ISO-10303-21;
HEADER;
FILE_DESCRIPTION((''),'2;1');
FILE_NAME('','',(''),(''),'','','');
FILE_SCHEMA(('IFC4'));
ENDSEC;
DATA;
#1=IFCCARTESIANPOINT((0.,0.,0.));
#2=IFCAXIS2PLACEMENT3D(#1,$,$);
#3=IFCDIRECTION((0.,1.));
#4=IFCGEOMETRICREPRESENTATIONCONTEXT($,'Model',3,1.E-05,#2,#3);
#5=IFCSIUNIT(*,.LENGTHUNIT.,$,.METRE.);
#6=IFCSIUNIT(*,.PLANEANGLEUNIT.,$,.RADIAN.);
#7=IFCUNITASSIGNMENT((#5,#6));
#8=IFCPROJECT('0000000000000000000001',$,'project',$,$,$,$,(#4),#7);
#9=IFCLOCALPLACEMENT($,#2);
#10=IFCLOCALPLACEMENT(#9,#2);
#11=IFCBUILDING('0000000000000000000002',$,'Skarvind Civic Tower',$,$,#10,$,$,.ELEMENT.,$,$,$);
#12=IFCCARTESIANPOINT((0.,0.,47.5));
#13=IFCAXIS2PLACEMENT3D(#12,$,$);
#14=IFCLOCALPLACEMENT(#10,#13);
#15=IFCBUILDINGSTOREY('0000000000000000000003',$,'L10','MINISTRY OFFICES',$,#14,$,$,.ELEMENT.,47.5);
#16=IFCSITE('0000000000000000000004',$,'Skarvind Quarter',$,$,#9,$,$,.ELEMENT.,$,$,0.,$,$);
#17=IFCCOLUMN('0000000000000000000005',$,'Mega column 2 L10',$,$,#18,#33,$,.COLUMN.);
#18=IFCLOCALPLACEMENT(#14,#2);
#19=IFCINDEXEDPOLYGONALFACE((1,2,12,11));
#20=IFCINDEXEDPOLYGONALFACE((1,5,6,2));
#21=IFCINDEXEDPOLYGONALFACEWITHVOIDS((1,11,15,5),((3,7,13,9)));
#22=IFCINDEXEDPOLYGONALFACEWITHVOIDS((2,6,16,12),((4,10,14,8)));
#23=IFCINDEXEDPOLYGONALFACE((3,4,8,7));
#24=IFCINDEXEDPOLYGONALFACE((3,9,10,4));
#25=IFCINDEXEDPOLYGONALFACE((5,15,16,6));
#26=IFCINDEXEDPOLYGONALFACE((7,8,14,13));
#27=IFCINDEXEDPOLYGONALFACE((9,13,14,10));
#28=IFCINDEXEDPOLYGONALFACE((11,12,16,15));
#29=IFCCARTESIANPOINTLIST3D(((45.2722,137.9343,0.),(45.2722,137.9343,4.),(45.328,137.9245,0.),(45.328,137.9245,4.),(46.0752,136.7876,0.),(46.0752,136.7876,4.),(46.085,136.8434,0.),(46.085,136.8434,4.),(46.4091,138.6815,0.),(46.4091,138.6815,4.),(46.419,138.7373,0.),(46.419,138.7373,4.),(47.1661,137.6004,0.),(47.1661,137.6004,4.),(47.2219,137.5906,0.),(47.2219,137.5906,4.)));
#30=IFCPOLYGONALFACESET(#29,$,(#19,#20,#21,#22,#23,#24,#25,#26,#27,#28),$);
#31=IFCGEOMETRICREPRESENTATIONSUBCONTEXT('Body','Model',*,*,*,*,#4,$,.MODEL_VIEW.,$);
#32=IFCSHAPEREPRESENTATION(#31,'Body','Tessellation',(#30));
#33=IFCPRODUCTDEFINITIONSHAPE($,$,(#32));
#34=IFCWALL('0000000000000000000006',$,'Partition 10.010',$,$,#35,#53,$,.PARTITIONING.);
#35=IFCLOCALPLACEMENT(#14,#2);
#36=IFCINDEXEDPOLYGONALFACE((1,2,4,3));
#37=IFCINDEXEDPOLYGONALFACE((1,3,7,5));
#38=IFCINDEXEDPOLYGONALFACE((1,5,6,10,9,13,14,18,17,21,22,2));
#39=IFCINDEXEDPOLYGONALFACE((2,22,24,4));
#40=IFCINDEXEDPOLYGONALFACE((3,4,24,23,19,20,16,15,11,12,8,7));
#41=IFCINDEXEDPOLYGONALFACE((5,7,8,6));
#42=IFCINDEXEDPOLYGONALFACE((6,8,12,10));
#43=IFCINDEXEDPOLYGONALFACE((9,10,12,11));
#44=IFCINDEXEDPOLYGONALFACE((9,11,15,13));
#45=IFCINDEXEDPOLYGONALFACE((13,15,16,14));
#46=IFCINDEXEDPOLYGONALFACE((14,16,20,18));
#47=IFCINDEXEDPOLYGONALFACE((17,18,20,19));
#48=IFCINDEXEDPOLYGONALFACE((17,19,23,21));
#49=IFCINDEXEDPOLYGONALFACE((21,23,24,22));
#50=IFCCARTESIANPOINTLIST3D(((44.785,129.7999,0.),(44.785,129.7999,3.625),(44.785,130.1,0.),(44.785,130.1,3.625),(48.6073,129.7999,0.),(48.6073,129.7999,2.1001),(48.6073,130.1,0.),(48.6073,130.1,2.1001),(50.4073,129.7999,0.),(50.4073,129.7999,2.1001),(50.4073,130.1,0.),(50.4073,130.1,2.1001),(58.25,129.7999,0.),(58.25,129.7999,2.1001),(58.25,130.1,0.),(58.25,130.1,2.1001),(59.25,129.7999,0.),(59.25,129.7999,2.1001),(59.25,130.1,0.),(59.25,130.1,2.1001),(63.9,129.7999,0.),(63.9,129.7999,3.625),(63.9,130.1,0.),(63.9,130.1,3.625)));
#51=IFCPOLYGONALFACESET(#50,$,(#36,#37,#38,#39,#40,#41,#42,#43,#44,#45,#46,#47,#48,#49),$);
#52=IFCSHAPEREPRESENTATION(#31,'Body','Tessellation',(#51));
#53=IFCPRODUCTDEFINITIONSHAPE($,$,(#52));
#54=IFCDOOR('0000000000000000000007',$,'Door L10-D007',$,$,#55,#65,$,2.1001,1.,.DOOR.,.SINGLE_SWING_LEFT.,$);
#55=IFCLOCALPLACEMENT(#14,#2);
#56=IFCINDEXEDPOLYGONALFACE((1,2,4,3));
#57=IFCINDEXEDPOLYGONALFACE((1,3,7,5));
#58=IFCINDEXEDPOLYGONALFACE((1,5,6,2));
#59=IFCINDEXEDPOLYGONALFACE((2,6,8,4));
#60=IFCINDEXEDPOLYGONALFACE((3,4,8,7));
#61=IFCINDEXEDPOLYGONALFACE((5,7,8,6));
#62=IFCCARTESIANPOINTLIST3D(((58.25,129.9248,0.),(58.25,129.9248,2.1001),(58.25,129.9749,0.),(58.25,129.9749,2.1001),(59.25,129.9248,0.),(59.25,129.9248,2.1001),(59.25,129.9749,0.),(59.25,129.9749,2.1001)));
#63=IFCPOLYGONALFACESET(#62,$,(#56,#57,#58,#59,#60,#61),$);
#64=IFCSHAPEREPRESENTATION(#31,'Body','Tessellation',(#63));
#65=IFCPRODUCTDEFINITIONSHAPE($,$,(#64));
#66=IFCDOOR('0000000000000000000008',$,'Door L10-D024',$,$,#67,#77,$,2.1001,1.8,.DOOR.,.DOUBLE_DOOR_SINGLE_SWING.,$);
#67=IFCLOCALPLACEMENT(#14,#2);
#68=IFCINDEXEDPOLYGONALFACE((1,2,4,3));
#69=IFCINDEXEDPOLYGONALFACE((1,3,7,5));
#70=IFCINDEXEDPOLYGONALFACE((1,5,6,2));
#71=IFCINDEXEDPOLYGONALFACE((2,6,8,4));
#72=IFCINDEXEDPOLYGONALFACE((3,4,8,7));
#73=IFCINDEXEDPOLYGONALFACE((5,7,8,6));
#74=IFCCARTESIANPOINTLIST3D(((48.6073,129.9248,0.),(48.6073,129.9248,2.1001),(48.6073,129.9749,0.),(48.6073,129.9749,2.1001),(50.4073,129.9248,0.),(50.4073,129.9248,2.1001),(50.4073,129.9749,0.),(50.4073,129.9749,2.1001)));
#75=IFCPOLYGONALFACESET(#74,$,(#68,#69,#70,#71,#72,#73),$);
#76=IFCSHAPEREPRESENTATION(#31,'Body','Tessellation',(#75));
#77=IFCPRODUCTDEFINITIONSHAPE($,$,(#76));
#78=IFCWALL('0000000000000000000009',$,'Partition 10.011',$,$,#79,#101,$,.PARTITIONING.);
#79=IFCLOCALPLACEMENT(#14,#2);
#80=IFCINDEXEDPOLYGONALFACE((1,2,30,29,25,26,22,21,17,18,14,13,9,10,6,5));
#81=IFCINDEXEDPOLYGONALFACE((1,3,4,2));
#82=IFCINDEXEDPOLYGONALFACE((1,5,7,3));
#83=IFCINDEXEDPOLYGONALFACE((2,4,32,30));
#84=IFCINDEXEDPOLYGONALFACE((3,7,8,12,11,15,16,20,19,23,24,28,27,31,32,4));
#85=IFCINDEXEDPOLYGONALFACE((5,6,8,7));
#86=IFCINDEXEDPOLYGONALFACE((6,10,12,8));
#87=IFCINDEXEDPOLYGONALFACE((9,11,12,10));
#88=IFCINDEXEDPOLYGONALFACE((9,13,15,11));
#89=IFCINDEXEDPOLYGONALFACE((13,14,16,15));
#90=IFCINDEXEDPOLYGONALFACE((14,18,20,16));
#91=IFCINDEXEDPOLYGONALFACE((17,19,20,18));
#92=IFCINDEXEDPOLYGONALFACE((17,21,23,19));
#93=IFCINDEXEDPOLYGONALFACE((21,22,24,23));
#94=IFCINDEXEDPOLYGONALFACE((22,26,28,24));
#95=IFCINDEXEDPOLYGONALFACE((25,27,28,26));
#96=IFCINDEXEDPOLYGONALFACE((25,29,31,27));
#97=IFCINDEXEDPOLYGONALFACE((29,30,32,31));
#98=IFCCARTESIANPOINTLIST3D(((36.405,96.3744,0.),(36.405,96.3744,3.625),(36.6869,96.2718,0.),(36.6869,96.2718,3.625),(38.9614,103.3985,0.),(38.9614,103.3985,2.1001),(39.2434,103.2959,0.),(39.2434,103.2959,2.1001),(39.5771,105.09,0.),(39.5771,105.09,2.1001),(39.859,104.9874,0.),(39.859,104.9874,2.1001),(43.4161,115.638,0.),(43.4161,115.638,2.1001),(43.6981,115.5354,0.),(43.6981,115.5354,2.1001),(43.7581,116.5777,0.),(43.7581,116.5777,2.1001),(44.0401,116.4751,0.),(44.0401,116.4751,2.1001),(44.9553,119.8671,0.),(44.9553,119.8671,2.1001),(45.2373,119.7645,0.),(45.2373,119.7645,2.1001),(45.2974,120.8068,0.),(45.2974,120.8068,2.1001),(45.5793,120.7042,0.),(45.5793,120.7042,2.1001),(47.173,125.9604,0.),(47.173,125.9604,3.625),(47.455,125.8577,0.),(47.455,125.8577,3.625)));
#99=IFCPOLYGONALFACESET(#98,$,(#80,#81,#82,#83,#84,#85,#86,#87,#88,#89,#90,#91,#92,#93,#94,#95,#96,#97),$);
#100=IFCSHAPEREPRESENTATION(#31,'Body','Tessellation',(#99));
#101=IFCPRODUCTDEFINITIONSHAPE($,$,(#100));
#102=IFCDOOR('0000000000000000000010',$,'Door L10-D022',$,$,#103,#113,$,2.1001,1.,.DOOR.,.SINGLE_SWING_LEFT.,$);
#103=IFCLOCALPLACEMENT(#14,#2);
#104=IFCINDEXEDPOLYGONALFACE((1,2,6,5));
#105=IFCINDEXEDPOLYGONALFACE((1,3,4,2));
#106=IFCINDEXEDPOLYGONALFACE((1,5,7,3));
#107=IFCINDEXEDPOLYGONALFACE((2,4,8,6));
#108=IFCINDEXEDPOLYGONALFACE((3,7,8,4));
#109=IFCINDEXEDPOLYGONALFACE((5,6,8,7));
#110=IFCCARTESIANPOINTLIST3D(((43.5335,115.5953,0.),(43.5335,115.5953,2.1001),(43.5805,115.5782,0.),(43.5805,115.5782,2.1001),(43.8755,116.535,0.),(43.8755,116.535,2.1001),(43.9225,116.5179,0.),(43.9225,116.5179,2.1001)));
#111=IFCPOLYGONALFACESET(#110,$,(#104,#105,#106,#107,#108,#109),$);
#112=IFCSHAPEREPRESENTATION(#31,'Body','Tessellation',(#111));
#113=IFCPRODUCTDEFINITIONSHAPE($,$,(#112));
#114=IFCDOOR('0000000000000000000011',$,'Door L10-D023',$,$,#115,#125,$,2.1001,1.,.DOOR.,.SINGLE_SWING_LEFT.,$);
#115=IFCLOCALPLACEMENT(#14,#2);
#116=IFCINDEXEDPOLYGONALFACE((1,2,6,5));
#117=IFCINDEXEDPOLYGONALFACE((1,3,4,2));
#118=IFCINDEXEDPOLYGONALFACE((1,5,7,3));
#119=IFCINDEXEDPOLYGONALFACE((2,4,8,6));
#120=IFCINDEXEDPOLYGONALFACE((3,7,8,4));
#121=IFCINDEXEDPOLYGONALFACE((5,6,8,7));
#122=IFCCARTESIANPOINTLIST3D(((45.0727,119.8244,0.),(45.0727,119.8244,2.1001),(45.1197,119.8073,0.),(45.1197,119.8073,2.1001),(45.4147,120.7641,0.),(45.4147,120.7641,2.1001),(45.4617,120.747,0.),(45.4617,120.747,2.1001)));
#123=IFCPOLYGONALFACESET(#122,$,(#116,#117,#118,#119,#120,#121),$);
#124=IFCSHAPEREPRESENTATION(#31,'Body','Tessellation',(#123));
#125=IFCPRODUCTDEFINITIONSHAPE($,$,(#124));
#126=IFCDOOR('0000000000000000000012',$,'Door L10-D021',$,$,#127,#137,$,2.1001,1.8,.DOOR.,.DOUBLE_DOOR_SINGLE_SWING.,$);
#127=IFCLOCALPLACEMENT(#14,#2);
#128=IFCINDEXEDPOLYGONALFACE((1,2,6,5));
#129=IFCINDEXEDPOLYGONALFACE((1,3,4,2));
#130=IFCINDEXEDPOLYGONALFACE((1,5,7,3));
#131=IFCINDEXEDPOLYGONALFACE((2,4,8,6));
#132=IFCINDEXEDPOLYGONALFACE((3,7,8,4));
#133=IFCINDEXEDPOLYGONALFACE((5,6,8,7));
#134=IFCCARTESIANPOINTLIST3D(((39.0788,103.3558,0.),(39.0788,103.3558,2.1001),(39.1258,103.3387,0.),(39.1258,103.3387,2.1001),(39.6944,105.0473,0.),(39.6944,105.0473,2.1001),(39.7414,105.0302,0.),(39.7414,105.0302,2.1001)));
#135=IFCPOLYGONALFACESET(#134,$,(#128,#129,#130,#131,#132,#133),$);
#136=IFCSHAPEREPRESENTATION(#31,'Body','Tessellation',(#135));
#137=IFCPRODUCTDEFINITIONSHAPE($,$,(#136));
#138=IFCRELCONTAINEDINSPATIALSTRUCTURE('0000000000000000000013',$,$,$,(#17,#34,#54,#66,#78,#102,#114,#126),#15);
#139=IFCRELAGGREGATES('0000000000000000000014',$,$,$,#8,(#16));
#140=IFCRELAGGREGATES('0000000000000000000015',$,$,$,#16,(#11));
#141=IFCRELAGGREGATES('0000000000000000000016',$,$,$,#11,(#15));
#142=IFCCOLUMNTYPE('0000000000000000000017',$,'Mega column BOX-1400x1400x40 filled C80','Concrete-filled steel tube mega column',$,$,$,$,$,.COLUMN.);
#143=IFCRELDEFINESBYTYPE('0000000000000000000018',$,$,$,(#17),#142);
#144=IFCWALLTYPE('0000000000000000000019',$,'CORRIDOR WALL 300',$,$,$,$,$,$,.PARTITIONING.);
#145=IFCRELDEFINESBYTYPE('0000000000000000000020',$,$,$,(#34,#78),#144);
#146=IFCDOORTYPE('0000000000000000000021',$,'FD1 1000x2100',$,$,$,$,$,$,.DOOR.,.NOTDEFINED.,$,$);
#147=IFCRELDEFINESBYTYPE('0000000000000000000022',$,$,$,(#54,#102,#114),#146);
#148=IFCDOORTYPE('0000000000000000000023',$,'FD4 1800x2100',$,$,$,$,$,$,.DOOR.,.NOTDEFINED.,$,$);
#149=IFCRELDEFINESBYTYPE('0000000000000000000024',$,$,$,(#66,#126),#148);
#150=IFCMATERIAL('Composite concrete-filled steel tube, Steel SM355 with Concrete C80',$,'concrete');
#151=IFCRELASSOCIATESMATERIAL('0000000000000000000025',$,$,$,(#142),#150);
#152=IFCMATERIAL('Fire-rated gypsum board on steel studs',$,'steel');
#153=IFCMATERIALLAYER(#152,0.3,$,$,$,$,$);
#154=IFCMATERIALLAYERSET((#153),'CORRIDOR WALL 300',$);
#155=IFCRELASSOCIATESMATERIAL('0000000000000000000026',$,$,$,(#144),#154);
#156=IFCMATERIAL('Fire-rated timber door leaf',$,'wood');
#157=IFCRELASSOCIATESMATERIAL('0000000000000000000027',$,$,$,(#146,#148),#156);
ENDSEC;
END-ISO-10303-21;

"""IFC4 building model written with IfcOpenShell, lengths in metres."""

from ifc_helpers import new_model, si_unit, direction, frame, frame_2d, origin, origin_2d, place, context, subcontext, project, spatial, rectangle, hollow_rectangle, extrude, material, layer, layer_set, material_profile, profile_set, type_object, element, fill, save


model = new_model("IFC4")

# Units and contexts
model_context = context("Model", 3, precision=1e-05, world=origin(), true_north=direction((0.0, 1.0)))
body_context = subcontext(model_context, "Body", "Model", "MODEL_VIEW")
ifc_project = project(units=[si_unit("LENGTHUNIT", "METRE"), si_unit("PLANEANGLEUNIT", "RADIAN")], contexts=[model_context])

# Site, building, storey
site_placement = place(None, origin())
site = spatial("IfcSite", under=ifc_project, at=site_placement, Name="Skarvind Quarter", CompositionType="ELEMENT", RefElevation=0.0)
building_placement = place(site_placement, origin())
building = spatial("IfcBuilding", under=site, at=building_placement, Name="Skarvind Civic Tower", CompositionType="ELEMENT")
storey_placement = place(building_placement, frame((0.0, 0.0, 47.5)))
storey = spatial("IfcBuildingStorey", under=building, at=storey_placement, Name="L10", Description="MINISTRY OFFICES", CompositionType="ELEMENT", Elevation=47.5)

# Column
ifc_material_1 = material(Name="Composite concrete-filled steel tube, Steel SM355 with Concrete C80", Category="concrete")
ifc_material_profile = material_profile(ifc_material_1, hollow_rectangle(XDim=1.3999, YDim=1.3999, WallThickness=0.04, at=origin_2d()), Name="BOX-1400x1400x40")
ifc_profile_set = profile_set([ifc_material_profile], Name="Composite concrete-filled steel tube, Steel SM355 with Concrete C80")
column_type = type_object("IfcColumnType", Name="Mega column BOX-1400x1400x40 filled C80", Description="Concrete-filled steel tube mega column", PredefinedType="COLUMN", material=ifc_profile_set)
column_placement = place(storey_placement, frame((46.2471, 137.7625, 0.0), z_axis=(0.0, 0.0, 1.0), x_axis=(0.573576, -0.819152, 0.0)))
element("IfcColumn", 1, at=column_placement, inside=storey, type_object=column_type, Name="Mega column 2 L10", PredefinedType="COLUMN", context=body_context, shape_type="SweptSolid", body=[
    extrude(hollow_rectangle(XDim=1.3999, YDim=1.3999, WallThickness=0.04, at=origin_2d()), origin(), (0.0, 0.0, 1.0), 4.0),
])

# Walls, openings, doors
ifc_material_2 = material(Name="Fire-rated gypsum board on steel studs", Category="steel")
ifc_layer_1 = layer(ifc_material_2, 0.3)
ifc_layer_set_1 = layer_set([ifc_layer_1], Name="CORRIDOR WALL 300")
wall_type_1 = type_object("IfcWallType", Name="CORRIDOR WALL 300", PredefinedType="PARTITIONING", material=ifc_layer_set_1)
wall_1_placement = place(storey_placement, frame((44.7849, 129.95, 0.0), z_axis=(0.0, 0.0, 1.0), x_axis=(1.0, 0.0, 0.0)))
wall_1 = element("IfcWall", 2, at=wall_1_placement, inside=storey, type_object=wall_type_1, Name="Partition 10.010", PredefinedType="PARTITIONING", context=body_context, shape_type="SweptSolid", body=[
    extrude(rectangle(XDim=19.115, YDim=0.3, at=frame_2d((9.5576, 0.0))), origin(), (0.0, 0.0, 1.0), 3.625),
])
opening_1_placement = place(wall_1_placement, frame((13.4651, 0.0, 0.0)))
opening_1 = element("IfcOpeningElement", 3, at=opening_1_placement, cuts=wall_1, PredefinedType="OPENING", context=body_context, shape_type="SweptSolid", body=[
    extrude(rectangle(XDim=1.0, YDim=2.1001, at=frame_2d((0.5, 1.05))), frame((0.0, 0.1599, 0.0), z_axis=(0.0, -1.0, 0.0), x_axis=(1.0, 0.0, 0.0)), (0.0, 0.0, 1.0), 0.3201),
])
opening_2_placement = place(wall_1_placement, frame((3.8225, 0.0, 0.0)))
opening_2 = element("IfcOpeningElement", 4, at=opening_2_placement, cuts=wall_1, PredefinedType="OPENING", context=body_context, shape_type="SweptSolid", body=[
    extrude(rectangle(XDim=1.8, YDim=2.1001, at=frame_2d((0.8999, 1.05))), frame((0.0, 0.1599, 0.0), z_axis=(0.0, -1.0, 0.0), x_axis=(1.0, 0.0, 0.0)), (0.0, 0.0, 1.0), 0.3201),
])
ifc_material_3 = material(Name="Fire-rated timber door leaf", Category="wood")
door_type_1 = type_object("IfcDoorType", Name="FD1 1000x2100", OperationType="NOTDEFINED", PredefinedType="DOOR", material=ifc_material_3)
door_1_placement = place(opening_1_placement, origin())
door_1 = element("IfcDoor", 5, at=door_1_placement, inside=storey, type_object=door_type_1, Name="Door L10-D007", OperationType="SINGLE_SWING_LEFT", OverallHeight=2.1001, OverallWidth=1.0, PredefinedType="DOOR", context=body_context, shape_type="SweptSolid", body=[
    extrude(rectangle(XDim=1.0, YDim=2.1001, at=frame_2d((0.5, 1.05))), frame((0.0, 0.0249, 0.0), z_axis=(0.0, -1.0, 0.0), x_axis=(1.0, 0.0, 0.0)), (0.0, 0.0, 1.0), 0.05),
])
fill(opening_1, door_1)
door_type_2 = type_object("IfcDoorType", Name="FD4 1800x2100", OperationType="NOTDEFINED", PredefinedType="DOOR", material=ifc_material_3)
door_2_placement = place(opening_2_placement, origin())
door_2 = element("IfcDoor", 6, at=door_2_placement, inside=storey, type_object=door_type_2, Name="Door L10-D024", OperationType="DOUBLE_DOOR_SINGLE_SWING", OverallHeight=2.1001, OverallWidth=1.8, PredefinedType="DOOR", context=body_context, shape_type="SweptSolid", body=[
    extrude(rectangle(XDim=1.8, YDim=2.1001, at=frame_2d((0.8999, 1.05))), frame((0.0, 0.0249, 0.0), z_axis=(0.0, -1.0, 0.0), x_axis=(1.0, 0.0, 0.0)), (0.0, 0.0, 1.0), 0.05),
])
fill(opening_2, door_2)
wall_2_placement = place(storey_placement, frame((47.314, 125.9089, 0.0), z_axis=(0.0, 0.0, 1.0), x_axis=(-0.342011, -0.939696, 0.0)))
wall_2 = element("IfcWall", 7, at=wall_2_placement, inside=storey, type_object=wall_type_1, Name="Partition 10.011", PredefinedType="PARTITIONING", context=body_context, shape_type="SweptSolid", body=[
    extrude(rectangle(XDim=31.4846, YDim=0.3, at=frame_2d((15.7422, 0.0))), origin(), (0.0, 0.0, 1.0), 3.625),
])
opening_3_placement = place(wall_2_placement, frame((22.2097, 0.0, 0.0)))
opening_3 = element("IfcOpeningElement", 8, at=opening_3_placement, cuts=wall_2, PredefinedType="OPENING", context=body_context, shape_type="SweptSolid", body=[
    extrude(rectangle(XDim=1.8, YDim=2.1001, at=frame_2d((0.8999, 1.05))), frame((0.0, 0.1599, 0.0), z_axis=(0.0, -1.0, 0.0), x_axis=(1.0, 0.0, 0.0)), (0.0, 0.0, 1.0), 0.3201),
])
opening_4_placement = place(wall_2_placement, frame((9.9846, 0.0, 0.0)))
opening_4 = element("IfcOpeningElement", 9, at=opening_4_placement, cuts=wall_2, PredefinedType="OPENING", context=body_context, shape_type="SweptSolid", body=[
    extrude(rectangle(XDim=1.0, YDim=2.1001, at=frame_2d((0.5, 1.05))), frame((0.0, 0.1599, 0.0), z_axis=(0.0, -1.0, 0.0), x_axis=(1.0, 0.0, 0.0)), (0.0, 0.0, 1.0), 0.3201),
])
opening_5_placement = place(wall_2_placement, frame((5.4841, 0.0, 0.0)))
opening_5 = element("IfcOpeningElement", 10, at=opening_5_placement, cuts=wall_2, PredefinedType="OPENING", context=body_context, shape_type="SweptSolid", body=[
    extrude(rectangle(XDim=1.0, YDim=2.1001, at=frame_2d((0.5, 1.05))), frame((0.0, 0.1599, 0.0), z_axis=(0.0, -1.0, 0.0), x_axis=(1.0, 0.0, 0.0)), (0.0, 0.0, 1.0), 0.3201),
])
door_3_placement = place(opening_4_placement, origin())
door_3 = element("IfcDoor", 11, at=door_3_placement, inside=storey, type_object=door_type_1, Name="Door L10-D022", OperationType="SINGLE_SWING_LEFT", OverallHeight=2.1001, OverallWidth=1.0, PredefinedType="DOOR", context=body_context, shape_type="SweptSolid", body=[
    extrude(rectangle(XDim=1.0, YDim=2.1001, at=frame_2d((0.5, 1.05))), frame((0.0, 0.0249, 0.0), z_axis=(0.0, -1.0, 0.0), x_axis=(1.0, 0.0, 0.0)), (0.0, 0.0, 1.0), 0.05),
])
fill(opening_4, door_3)
door_4_placement = place(opening_5_placement, origin())
door_4 = element("IfcDoor", 12, at=door_4_placement, inside=storey, type_object=door_type_1, Name="Door L10-D023", OperationType="SINGLE_SWING_LEFT", OverallHeight=2.1001, OverallWidth=1.0, PredefinedType="DOOR", context=body_context, shape_type="SweptSolid", body=[
    extrude(rectangle(XDim=1.0, YDim=2.1001, at=frame_2d((0.5, 1.05))), frame((0.0, 0.0249, 0.0), z_axis=(0.0, -1.0, 0.0), x_axis=(1.0, 0.0, 0.0)), (0.0, 0.0, 1.0), 0.05),
])
fill(opening_5, door_4)
door_5_placement = place(opening_3_placement, origin())
door_5 = element("IfcDoor", 13, at=door_5_placement, inside=storey, type_object=door_type_2, Name="Door L10-D021", OperationType="DOUBLE_DOOR_SINGLE_SWING", OverallHeight=2.1001, OverallWidth=1.8, PredefinedType="DOOR", context=body_context, shape_type="SweptSolid", body=[
    extrude(rectangle(XDim=1.8, YDim=2.1001, at=frame_2d((0.8999, 1.05))), frame((0.0, 0.0249, 0.0), z_axis=(0.0, -1.0, 0.0), x_axis=(1.0, 0.0, 0.0)), (0.0, 0.0, 1.0), 0.05),
])
fill(opening_3, door_5)

save(model, "model.ifc")
